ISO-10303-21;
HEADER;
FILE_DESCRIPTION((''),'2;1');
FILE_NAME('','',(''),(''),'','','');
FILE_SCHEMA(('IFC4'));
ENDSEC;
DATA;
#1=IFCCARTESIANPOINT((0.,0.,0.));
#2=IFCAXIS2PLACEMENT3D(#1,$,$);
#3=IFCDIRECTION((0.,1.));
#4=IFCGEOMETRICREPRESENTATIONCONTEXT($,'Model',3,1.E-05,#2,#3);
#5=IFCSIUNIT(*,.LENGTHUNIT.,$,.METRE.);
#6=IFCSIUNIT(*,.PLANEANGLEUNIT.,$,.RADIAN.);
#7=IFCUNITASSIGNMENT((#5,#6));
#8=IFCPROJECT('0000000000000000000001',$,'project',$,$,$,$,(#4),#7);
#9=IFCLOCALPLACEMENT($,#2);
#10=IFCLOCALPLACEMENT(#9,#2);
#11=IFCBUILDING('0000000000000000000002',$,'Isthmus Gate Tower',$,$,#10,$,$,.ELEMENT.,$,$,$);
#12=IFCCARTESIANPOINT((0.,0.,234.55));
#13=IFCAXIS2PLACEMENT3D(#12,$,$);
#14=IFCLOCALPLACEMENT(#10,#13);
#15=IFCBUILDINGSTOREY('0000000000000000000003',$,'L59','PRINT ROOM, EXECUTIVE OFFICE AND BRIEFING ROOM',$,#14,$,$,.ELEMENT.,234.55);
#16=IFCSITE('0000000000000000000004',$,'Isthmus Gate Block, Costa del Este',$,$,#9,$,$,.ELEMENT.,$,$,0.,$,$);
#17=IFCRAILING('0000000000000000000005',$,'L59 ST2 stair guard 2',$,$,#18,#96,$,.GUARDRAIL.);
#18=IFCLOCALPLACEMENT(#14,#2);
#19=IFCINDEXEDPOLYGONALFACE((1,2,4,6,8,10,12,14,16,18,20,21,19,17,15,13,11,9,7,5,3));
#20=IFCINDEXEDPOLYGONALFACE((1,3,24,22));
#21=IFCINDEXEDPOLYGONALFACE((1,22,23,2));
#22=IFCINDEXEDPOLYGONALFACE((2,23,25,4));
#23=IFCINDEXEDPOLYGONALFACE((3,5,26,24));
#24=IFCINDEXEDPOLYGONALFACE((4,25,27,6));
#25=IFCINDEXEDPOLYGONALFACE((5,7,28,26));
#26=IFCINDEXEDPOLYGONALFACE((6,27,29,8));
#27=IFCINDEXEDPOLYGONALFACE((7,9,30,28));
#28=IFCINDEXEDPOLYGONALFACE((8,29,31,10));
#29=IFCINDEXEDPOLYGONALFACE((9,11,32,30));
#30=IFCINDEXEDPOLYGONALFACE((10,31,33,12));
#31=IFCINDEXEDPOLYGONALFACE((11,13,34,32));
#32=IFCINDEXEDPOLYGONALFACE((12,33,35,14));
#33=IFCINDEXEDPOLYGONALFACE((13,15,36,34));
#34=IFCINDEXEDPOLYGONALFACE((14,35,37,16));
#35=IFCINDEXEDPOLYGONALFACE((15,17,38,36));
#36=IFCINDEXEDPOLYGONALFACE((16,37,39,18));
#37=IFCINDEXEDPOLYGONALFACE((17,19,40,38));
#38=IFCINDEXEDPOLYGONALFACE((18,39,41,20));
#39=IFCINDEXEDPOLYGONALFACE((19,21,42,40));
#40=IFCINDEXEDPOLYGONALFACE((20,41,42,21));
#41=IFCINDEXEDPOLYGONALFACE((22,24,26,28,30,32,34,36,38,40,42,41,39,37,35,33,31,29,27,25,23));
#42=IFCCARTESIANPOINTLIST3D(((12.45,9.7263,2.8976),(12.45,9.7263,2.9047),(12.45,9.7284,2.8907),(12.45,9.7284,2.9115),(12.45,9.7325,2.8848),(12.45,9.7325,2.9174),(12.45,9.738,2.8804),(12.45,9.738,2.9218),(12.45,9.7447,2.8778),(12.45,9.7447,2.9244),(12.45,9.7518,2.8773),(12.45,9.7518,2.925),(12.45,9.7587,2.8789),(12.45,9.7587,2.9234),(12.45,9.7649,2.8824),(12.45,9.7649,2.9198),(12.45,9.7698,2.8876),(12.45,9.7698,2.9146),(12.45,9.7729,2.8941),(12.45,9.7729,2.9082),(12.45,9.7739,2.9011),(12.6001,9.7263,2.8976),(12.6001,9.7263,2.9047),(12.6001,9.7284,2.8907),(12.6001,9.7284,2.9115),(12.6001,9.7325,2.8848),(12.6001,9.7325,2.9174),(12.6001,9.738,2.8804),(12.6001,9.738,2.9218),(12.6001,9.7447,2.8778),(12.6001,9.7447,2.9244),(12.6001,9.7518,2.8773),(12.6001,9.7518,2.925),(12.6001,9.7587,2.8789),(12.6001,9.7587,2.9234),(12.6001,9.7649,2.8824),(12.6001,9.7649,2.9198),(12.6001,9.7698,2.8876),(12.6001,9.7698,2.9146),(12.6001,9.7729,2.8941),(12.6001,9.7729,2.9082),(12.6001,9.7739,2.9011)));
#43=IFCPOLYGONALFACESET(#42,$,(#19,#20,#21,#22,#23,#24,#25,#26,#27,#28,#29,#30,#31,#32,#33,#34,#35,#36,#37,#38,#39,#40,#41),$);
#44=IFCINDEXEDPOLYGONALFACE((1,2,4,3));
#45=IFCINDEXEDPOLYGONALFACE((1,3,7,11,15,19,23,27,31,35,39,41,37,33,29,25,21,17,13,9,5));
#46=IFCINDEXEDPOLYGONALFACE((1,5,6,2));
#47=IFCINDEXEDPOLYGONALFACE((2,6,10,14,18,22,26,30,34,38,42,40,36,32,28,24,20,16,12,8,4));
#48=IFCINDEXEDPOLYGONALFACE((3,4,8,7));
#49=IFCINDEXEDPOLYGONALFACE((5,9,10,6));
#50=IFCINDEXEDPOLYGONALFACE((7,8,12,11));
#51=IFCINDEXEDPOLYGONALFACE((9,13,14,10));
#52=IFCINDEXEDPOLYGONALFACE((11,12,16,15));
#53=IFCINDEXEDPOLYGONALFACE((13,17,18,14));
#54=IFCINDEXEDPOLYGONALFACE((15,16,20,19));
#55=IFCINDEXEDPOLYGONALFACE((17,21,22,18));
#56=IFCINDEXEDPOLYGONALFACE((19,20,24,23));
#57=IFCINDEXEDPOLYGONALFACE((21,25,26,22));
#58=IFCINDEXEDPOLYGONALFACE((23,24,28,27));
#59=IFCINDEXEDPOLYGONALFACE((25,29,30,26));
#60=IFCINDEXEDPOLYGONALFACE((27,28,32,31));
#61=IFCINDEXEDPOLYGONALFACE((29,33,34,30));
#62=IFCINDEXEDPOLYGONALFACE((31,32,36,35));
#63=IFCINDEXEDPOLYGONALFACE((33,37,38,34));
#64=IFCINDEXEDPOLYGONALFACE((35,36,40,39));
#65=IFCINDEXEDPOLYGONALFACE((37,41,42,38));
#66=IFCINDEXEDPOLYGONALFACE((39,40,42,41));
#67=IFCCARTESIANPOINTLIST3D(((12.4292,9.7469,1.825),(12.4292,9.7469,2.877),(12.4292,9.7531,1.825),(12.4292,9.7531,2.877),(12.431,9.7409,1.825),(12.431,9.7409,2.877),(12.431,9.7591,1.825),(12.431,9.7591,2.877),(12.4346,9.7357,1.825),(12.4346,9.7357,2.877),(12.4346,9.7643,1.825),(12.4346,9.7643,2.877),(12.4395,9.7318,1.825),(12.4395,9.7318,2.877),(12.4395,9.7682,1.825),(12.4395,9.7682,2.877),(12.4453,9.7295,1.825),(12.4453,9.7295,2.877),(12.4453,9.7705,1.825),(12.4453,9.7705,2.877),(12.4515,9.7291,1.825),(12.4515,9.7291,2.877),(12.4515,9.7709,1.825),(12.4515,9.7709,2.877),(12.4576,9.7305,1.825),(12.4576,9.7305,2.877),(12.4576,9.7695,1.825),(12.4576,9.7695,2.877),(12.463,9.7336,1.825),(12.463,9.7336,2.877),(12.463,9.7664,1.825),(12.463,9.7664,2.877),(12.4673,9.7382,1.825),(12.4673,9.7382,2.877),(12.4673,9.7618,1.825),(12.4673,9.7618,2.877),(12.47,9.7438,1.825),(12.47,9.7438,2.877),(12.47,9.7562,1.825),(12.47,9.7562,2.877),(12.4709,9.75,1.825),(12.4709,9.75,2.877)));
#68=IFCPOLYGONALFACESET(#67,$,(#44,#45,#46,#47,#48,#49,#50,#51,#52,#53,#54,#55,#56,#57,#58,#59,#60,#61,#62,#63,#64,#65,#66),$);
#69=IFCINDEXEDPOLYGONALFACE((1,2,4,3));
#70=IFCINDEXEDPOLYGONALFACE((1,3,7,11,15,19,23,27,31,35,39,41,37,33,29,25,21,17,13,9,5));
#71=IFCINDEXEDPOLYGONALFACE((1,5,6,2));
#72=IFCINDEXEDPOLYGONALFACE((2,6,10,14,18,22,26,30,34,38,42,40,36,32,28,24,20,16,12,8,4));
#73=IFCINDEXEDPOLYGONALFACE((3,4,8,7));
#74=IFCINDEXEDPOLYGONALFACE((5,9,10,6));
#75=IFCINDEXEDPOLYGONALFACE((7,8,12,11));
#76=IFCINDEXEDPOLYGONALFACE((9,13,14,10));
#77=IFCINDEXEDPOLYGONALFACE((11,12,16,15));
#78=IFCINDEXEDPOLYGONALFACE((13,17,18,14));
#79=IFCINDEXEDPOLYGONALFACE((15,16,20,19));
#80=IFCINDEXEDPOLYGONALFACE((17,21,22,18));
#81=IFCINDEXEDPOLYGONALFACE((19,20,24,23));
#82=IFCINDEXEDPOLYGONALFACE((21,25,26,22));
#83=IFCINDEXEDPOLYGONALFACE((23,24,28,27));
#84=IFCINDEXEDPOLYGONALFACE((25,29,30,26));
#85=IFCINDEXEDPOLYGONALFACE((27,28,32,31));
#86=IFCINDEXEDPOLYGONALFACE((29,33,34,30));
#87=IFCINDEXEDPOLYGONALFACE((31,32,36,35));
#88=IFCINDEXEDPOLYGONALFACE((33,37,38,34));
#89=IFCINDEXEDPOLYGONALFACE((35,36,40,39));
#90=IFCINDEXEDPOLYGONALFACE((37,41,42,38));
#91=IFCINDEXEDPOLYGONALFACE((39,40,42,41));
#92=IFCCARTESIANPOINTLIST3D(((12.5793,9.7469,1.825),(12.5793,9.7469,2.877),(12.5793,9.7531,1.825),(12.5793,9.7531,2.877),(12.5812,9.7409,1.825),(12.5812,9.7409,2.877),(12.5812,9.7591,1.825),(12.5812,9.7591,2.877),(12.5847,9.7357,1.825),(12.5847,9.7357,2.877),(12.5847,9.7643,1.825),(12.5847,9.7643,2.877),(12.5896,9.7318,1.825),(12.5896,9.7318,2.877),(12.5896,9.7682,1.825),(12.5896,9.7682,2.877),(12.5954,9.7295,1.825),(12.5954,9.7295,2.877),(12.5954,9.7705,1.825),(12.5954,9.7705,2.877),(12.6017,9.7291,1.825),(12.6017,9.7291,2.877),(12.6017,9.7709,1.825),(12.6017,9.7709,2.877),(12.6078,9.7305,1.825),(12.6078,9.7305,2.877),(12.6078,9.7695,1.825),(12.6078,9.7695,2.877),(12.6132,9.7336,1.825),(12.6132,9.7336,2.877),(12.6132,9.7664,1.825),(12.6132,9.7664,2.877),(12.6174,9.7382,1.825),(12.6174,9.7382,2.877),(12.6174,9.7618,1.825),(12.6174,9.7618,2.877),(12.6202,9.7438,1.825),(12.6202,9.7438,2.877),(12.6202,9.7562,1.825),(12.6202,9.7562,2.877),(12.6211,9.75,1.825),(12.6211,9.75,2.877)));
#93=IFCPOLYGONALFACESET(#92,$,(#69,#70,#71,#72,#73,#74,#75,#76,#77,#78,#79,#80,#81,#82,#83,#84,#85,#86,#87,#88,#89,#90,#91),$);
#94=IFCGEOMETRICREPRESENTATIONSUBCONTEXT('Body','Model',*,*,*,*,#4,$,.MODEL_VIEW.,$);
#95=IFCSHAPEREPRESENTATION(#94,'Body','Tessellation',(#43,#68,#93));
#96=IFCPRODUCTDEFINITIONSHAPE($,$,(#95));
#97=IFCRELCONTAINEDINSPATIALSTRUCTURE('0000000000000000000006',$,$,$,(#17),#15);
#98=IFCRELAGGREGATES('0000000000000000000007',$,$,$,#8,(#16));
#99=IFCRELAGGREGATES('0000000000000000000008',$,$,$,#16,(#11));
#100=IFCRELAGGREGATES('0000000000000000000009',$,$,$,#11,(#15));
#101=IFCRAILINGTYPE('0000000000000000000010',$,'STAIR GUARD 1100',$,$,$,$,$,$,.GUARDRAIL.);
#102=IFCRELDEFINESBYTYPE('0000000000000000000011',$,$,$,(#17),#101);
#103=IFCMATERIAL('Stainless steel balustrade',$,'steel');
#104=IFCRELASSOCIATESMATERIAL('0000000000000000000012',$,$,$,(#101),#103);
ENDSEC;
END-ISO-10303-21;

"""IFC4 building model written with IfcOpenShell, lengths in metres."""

from ifc_helpers import new_model, si_unit, direction, frame, origin, origin_2d, place, context, subcontext, project, spatial, circle, extrude, material, type_object, element, save


model = new_model("IFC4")

# Units and contexts
model_context = context("Model", 3, precision=1e-05, world=origin(), true_north=direction((0.0, 1.0)))
body_context = subcontext(model_context, "Body", "Model", "MODEL_VIEW")
ifc_project = project(units=[si_unit("LENGTHUNIT", "METRE"), si_unit("PLANEANGLEUNIT", "RADIAN")], contexts=[model_context])

# Site, building, storey
site_placement = place(None, origin())
site = spatial("IfcSite", under=ifc_project, at=site_placement, Name="Isthmus Gate Block, Costa del Este", CompositionType="ELEMENT", RefElevation=0.0)
building_placement = place(site_placement, origin())
building = spatial("IfcBuilding", under=site, at=building_placement, Name="Isthmus Gate Tower", CompositionType="ELEMENT")
storey_placement = place(building_placement, frame((0.0, 0.0, 234.55)))
storey = spatial("IfcBuildingStorey", under=building, at=storey_placement, Name="L59", Description="PRINT ROOM, EXECUTIVE OFFICE AND BRIEFING ROOM", CompositionType="ELEMENT", Elevation=234.55)

# Railing
ifc_material_1 = material(Name="Stainless steel balustrade", Category="steel")
railing_type_1 = type_object("IfcRailingType", Name="STAIR GUARD 1100", PredefinedType="GUARDRAIL", material=ifc_material_1)
railing_1_placement = place(storey_placement, frame((12.45, 9.75, 1.825)))
element("IfcRailing", 1, at=railing_1_placement, inside=storey, type_object=railing_type_1, Name="L59 ST2 stair guard 2", PredefinedType="GUARDRAIL", context=body_context, shape_type="SweptSolid", body=[
    extrude(circle(Radius=0.0239, at=origin_2d()), frame((0.0, 0.0, 1.0762), z_axis=(1.0, 0.0, 0.0), x_axis=(0.0, 1.0, 0.0)), (0.0, 0.0, 1.0), 0.1501),
    extrude(circle(Radius=0.021, at=origin_2d()), origin(), (0.0, 0.0, 1.0), 1.052),
    extrude(circle(Radius=0.021, at=origin_2d()), frame((0.1501, 0.0, 0.0)), (0.0, 0.0, 1.0), 1.052),
])

save(model, "model.ifc")
